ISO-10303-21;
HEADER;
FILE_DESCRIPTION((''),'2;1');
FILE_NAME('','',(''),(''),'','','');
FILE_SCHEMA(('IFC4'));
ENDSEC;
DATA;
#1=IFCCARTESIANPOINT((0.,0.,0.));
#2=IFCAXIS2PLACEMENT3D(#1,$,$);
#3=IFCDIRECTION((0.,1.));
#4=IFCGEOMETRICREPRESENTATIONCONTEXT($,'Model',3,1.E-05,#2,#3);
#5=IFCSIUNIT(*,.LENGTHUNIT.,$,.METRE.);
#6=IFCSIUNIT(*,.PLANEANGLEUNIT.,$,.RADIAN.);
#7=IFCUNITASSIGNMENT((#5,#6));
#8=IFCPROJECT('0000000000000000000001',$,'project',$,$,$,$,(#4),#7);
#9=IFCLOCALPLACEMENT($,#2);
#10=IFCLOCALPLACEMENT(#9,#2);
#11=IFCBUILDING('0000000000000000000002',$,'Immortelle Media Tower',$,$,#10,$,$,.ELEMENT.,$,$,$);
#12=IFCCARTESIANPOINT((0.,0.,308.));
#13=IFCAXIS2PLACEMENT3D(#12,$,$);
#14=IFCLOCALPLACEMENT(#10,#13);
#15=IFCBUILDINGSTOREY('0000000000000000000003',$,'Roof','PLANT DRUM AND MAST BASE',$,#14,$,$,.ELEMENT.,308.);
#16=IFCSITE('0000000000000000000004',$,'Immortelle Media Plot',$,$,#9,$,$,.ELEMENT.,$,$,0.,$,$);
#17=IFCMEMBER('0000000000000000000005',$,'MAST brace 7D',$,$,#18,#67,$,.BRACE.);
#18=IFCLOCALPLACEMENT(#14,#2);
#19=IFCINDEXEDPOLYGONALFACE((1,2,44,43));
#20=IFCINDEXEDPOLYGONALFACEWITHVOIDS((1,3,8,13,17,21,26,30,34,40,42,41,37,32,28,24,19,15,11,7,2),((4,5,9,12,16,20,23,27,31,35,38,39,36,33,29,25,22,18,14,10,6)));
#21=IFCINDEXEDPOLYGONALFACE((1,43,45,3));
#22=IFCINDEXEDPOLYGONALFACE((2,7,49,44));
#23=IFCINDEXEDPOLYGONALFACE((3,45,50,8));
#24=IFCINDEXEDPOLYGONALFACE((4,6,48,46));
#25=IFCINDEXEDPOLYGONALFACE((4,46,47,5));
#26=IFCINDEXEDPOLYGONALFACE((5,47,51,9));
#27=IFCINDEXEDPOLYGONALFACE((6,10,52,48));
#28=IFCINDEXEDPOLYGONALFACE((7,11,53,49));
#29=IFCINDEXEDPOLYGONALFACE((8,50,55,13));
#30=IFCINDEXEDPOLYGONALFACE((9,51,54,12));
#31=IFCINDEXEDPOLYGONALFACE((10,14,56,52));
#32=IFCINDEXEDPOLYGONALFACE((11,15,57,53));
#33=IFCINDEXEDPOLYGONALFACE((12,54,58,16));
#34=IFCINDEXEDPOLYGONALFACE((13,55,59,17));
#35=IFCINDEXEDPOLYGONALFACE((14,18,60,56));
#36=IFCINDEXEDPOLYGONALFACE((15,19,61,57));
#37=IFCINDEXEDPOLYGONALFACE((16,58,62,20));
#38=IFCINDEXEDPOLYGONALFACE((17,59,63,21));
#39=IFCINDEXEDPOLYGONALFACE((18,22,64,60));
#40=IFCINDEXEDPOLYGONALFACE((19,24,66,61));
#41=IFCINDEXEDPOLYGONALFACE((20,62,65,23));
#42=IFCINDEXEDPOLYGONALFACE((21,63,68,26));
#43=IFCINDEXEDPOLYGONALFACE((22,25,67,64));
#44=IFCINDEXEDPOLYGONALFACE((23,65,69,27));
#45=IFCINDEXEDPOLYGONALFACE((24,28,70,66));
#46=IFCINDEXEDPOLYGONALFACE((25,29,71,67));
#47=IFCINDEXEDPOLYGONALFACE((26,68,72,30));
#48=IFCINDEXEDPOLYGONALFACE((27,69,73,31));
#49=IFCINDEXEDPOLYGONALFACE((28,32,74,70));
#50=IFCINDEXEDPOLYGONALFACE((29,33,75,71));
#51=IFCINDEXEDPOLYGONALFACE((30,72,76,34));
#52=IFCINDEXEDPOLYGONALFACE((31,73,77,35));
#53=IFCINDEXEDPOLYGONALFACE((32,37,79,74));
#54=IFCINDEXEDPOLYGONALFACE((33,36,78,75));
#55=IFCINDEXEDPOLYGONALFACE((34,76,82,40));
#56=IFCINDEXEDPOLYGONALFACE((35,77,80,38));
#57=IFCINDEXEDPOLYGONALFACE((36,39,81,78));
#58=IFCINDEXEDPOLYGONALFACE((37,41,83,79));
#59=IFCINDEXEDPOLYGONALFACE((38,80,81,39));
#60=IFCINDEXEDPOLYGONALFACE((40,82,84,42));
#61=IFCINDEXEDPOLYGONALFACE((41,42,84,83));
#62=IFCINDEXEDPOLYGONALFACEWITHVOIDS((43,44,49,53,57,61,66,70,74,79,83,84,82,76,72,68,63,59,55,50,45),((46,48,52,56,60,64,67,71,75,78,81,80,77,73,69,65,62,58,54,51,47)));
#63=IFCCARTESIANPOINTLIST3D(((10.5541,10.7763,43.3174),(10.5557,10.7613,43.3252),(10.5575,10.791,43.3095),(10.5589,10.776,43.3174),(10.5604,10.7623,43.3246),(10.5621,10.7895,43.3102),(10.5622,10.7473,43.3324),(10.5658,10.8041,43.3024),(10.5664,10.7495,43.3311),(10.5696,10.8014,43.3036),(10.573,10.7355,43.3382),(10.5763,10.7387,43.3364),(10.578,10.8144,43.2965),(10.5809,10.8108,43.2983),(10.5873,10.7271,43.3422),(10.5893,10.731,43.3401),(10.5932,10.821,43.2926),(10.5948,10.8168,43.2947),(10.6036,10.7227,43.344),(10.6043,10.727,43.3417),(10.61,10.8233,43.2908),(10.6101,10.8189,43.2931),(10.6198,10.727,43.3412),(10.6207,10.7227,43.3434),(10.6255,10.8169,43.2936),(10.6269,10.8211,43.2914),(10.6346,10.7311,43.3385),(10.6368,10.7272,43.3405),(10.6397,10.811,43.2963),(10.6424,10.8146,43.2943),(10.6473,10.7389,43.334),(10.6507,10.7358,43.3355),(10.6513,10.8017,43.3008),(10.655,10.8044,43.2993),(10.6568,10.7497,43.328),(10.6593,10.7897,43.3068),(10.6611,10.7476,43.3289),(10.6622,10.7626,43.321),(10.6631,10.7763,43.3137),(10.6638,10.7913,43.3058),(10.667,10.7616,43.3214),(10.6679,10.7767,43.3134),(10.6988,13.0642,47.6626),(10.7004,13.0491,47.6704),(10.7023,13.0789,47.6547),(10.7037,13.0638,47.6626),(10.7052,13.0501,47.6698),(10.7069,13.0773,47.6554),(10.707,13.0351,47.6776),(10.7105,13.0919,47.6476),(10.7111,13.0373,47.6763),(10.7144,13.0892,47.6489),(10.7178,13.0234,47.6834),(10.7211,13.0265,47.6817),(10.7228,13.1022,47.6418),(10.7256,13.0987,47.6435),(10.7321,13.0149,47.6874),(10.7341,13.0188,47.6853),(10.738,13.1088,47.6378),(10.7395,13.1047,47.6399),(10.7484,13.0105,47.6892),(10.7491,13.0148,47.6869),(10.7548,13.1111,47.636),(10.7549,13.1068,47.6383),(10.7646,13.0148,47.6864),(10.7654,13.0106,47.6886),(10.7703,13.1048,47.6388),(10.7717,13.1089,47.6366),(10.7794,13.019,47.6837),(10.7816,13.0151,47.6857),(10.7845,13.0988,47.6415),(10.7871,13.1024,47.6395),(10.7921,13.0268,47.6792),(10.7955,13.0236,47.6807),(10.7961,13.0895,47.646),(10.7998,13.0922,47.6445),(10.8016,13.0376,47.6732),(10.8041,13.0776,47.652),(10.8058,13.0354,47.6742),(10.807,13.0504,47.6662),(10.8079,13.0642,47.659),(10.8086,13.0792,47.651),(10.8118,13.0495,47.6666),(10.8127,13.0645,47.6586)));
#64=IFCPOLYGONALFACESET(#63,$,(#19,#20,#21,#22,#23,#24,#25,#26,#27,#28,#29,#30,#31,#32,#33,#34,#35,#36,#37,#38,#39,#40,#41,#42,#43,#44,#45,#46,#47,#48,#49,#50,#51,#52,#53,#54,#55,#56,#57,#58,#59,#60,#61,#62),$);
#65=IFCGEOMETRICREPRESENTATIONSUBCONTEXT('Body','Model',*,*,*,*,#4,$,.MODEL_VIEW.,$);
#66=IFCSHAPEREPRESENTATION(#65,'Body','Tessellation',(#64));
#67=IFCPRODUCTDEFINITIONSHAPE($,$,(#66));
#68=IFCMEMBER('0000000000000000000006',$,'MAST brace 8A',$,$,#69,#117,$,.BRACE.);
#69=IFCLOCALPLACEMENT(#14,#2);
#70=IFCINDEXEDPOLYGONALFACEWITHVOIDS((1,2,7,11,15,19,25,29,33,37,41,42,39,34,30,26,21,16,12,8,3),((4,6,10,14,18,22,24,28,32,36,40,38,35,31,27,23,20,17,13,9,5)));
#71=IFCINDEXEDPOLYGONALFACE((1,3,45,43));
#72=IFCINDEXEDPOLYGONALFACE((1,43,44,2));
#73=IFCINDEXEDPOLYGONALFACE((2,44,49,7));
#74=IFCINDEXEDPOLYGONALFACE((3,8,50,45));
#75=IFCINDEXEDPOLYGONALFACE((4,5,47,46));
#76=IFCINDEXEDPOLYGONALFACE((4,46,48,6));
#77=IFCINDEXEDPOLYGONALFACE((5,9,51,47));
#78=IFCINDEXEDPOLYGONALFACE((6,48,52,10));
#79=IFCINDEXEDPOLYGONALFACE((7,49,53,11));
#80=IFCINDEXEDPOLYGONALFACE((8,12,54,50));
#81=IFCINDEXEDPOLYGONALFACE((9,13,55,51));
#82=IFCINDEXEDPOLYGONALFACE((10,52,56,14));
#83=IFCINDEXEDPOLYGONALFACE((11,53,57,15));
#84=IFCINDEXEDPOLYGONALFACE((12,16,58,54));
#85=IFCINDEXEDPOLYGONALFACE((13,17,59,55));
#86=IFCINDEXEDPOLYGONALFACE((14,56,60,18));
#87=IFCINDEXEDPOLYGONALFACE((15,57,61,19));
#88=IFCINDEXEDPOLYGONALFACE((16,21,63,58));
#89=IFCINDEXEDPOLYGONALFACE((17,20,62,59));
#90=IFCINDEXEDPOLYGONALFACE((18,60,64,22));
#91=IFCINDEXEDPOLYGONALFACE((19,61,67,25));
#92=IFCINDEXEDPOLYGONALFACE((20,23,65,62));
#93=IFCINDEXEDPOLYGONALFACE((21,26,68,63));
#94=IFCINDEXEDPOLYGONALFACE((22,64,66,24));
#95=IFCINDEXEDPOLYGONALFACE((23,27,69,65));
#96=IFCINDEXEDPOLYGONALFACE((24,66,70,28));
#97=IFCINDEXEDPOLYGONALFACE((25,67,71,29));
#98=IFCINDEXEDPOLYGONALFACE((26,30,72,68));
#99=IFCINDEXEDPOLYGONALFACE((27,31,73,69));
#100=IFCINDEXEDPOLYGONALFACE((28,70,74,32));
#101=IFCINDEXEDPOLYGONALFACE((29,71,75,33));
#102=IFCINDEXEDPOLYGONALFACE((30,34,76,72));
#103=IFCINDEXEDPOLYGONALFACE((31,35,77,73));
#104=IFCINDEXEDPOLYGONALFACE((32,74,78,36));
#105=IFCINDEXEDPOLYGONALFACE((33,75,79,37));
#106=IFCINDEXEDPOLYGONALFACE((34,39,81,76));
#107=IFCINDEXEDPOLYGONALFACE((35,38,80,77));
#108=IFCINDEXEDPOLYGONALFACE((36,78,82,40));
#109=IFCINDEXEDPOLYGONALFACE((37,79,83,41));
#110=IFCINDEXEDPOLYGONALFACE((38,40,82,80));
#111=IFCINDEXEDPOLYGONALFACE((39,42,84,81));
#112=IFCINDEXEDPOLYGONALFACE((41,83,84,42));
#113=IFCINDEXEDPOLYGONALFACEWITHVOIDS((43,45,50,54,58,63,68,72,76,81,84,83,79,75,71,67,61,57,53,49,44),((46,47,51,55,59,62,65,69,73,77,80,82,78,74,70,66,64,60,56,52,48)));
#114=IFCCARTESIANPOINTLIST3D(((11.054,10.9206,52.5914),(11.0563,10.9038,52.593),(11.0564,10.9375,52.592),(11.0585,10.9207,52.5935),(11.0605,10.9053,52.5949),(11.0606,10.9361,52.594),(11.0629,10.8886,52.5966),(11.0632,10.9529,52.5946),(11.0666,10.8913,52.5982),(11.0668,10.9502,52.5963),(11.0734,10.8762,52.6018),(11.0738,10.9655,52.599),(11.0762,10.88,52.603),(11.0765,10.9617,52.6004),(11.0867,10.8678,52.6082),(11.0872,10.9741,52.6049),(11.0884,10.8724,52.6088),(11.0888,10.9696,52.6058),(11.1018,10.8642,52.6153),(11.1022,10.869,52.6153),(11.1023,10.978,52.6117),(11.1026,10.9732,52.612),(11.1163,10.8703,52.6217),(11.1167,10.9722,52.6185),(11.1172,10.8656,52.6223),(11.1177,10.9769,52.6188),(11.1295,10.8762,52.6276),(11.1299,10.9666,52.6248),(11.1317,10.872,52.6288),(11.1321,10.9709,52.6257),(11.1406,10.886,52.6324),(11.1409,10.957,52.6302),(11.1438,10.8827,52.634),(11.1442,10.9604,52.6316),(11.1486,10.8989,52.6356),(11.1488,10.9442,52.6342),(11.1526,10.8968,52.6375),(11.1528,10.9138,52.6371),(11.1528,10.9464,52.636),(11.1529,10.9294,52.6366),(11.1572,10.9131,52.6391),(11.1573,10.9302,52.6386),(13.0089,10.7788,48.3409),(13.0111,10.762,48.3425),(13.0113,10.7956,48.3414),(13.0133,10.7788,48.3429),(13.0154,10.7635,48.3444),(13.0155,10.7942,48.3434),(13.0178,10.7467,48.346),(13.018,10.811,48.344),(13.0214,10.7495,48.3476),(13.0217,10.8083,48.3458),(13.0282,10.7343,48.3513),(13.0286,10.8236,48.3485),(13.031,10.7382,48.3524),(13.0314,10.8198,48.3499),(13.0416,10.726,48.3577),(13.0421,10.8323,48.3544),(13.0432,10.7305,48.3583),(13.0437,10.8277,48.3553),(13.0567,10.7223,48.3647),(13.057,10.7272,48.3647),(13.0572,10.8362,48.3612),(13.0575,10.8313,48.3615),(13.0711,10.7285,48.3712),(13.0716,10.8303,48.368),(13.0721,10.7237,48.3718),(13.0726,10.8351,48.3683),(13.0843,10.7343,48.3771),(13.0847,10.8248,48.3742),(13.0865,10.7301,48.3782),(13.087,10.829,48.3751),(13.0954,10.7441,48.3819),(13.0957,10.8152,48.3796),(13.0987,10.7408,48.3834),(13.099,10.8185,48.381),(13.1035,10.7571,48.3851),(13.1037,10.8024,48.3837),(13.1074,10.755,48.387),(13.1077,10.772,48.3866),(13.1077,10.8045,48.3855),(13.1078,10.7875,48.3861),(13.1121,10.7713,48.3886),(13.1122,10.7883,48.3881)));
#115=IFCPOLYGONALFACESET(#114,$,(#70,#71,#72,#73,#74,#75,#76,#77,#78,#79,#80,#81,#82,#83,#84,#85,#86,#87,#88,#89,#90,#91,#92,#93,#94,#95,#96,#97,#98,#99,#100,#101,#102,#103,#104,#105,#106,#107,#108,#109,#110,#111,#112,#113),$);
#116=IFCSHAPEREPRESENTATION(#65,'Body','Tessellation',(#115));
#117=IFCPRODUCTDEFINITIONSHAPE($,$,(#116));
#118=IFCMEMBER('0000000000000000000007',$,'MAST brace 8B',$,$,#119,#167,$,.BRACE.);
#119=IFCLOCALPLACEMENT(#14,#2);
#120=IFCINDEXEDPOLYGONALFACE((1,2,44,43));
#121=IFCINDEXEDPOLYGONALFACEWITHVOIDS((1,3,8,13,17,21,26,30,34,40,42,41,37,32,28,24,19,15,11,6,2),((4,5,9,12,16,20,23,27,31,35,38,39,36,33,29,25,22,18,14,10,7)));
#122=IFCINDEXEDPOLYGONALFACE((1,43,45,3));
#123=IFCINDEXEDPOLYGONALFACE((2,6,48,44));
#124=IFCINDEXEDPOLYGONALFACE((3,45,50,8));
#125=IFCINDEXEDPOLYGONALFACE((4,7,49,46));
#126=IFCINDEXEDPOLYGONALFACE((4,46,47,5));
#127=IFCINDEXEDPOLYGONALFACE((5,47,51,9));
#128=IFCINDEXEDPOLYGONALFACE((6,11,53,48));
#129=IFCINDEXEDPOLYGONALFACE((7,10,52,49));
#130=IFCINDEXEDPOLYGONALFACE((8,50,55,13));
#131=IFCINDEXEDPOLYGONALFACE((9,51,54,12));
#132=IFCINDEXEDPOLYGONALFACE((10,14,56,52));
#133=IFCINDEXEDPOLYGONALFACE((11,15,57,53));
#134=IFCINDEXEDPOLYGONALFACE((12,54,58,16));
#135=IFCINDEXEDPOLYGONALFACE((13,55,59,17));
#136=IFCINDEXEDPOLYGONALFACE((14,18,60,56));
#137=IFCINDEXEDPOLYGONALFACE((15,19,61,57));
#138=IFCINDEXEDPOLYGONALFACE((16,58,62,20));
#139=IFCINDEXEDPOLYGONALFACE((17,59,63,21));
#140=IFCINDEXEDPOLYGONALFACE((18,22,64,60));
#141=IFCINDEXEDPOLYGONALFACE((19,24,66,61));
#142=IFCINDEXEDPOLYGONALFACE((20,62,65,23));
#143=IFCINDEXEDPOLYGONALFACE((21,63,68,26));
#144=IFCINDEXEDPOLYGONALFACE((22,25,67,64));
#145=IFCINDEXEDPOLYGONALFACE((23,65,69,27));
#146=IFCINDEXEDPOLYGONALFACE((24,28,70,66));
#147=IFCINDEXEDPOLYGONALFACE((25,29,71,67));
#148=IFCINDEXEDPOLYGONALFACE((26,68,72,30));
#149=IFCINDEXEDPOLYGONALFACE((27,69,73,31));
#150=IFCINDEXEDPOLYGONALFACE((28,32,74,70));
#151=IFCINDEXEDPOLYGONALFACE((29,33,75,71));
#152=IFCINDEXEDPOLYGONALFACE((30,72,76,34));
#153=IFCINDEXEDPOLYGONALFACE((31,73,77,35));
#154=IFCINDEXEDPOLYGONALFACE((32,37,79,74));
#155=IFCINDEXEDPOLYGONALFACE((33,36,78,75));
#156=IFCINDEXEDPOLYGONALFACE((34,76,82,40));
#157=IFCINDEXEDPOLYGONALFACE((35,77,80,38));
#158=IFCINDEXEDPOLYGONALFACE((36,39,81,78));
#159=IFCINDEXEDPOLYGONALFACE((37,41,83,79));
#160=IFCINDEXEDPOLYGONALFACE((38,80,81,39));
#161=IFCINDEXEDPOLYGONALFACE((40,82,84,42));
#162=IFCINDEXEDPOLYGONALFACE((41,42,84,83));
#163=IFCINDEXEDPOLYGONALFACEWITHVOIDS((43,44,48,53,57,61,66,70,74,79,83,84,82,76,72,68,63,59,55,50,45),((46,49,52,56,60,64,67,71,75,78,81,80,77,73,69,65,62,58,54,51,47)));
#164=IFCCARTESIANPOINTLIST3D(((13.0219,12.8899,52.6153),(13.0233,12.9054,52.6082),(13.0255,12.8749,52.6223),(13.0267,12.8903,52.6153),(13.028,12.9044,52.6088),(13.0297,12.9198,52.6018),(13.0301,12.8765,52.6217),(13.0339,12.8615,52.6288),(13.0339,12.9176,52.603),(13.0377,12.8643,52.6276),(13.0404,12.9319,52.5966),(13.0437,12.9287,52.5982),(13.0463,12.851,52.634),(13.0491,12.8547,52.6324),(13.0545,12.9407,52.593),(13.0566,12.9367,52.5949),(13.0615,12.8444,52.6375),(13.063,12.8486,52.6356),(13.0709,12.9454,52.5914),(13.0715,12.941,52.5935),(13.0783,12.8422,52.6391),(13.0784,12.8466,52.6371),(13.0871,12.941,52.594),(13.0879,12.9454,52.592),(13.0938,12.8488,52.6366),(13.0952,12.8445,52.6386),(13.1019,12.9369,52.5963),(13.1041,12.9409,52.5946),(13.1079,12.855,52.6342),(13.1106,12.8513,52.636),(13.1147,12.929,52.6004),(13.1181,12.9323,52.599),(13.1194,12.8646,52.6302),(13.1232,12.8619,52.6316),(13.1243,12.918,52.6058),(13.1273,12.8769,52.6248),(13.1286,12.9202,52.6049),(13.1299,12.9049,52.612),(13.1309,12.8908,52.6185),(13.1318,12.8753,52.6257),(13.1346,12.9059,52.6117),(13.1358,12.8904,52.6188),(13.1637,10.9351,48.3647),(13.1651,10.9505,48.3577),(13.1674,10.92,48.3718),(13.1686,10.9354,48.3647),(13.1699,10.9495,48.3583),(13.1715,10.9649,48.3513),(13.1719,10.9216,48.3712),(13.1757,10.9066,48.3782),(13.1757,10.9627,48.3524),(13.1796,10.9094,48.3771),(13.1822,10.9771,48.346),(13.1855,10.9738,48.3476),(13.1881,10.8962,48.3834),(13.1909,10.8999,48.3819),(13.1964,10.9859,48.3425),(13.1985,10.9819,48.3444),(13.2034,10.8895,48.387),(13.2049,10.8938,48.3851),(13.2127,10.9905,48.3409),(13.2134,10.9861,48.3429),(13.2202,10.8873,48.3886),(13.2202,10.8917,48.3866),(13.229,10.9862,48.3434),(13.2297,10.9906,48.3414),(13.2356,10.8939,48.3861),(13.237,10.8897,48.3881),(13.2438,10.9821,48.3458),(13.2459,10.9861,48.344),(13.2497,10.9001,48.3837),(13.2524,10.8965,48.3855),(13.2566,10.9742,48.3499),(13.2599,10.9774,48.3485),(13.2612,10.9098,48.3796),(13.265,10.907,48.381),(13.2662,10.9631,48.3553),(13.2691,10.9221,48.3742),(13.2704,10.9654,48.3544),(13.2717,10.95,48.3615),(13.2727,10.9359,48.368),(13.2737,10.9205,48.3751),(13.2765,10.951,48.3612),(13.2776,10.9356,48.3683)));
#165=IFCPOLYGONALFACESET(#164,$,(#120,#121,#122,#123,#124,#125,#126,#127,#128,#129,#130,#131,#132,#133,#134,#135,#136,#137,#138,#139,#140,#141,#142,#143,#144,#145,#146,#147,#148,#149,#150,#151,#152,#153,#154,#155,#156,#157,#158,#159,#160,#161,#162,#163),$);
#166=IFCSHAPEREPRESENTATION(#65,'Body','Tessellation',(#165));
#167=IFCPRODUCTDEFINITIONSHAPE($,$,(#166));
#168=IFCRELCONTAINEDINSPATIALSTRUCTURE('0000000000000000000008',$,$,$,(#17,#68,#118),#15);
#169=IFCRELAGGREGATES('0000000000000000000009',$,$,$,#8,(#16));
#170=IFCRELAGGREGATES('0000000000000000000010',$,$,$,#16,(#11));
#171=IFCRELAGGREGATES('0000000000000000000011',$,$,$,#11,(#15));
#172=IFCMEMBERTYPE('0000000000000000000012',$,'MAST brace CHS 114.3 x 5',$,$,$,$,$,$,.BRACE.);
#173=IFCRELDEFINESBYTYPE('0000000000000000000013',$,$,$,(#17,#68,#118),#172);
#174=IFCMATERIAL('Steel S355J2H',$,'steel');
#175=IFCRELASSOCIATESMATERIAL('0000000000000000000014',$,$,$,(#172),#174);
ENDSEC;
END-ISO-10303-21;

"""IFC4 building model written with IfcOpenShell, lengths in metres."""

from ifc_helpers import new_model, si_unit, direction, frame, origin, origin_2d, place, context, subcontext, project, spatial, hollow_circle, extrude, material, material_profile, profile_set, type_object, element, save


model = new_model("IFC4")

# Units and contexts
model_context = context("Model", 3, precision=1e-05, world=origin(), true_north=direction((0.0, 1.0)))
body_context = subcontext(model_context, "Body", "Model", "MODEL_VIEW")
ifc_project = project(units=[si_unit("LENGTHUNIT", "METRE"), si_unit("PLANEANGLEUNIT", "RADIAN")], contexts=[model_context])

# Site, building, storey
site_placement = place(None, origin())
site = spatial("IfcSite", under=ifc_project, at=site_placement, Name="Immortelle Media Plot", CompositionType="ELEMENT", RefElevation=0.0)
building_placement = place(site_placement, origin())
building = spatial("IfcBuilding", under=site, at=building_placement, Name="Immortelle Media Tower", CompositionType="ELEMENT")
storey_placement = place(building_placement, frame((0.0, 0.0, 308.0)))
storey = spatial("IfcBuildingStorey", under=building, at=storey_placement, Name="Roof", Description="PLANT DRUM AND MAST BASE", CompositionType="ELEMENT", Elevation=308.0)

# Members
ifc_material_1 = material(Name="Steel S355J2H", Category="steel")
ifc_material_profile_1 = material_profile(ifc_material_1, hollow_circle(Radius=0.0571, WallThickness=0.0049, at=origin_2d()), Name="CHS 114.3 x 5")
ifc_profile_set_1 = profile_set([ifc_material_profile_1], Name="Steel S355J2H")
member_type = type_object("IfcMemberType", Name="MAST brace CHS 114.3 x 5", PredefinedType="BRACE", material=ifc_profile_set_1)
for number, where, z_axis, x_axis, name in (
    (1, (10.6111, 10.7727, 43.3174), (0.029469, 0.465685, 0.88446), (-0.998004, 0.063154, 0.0), "MAST brace 7D"),
):
    element("IfcMember", number, at=place(storey_placement, frame(where, z_axis=z_axis, x_axis=x_axis)), inside=storey, type_object=member_type, Name=name, PredefinedType="BRACE", context=body_context, shape_type="SweptSolid", body=[
        extrude(hollow_circle(Radius=0.0571, WallThickness=0.0049, at=origin_2d()), origin(), (0.0, 0.0, 1.0), 4.9128),
    ])
for number, where, z_axis, x_axis, name in (
    (2, (13.0608, 10.7793, 48.3647), (-0.417645, 0.030305, 0.908105), (-0.072371, -0.997378, 0.0), "MAST brace 8A"),
    (3, (13.2207, 10.9392, 48.3647), (-0.030305, 0.417645, 0.908105), (-0.997378, -0.072371, 0.0), "MAST brace 8B"),
):
    element("IfcMember", number, at=place(storey_placement, frame(where, z_axis=z_axis, x_axis=x_axis)), inside=storey, type_object=member_type, Name=name, PredefinedType="BRACE", context=body_context, shape_type="SweptSolid", body=[
        extrude(hollow_circle(Radius=0.0571, WallThickness=0.0049, at=origin_2d()), origin(), (0.0, 0.0, 1.0), 4.6807),
    ])

save(model, "model.ifc")
